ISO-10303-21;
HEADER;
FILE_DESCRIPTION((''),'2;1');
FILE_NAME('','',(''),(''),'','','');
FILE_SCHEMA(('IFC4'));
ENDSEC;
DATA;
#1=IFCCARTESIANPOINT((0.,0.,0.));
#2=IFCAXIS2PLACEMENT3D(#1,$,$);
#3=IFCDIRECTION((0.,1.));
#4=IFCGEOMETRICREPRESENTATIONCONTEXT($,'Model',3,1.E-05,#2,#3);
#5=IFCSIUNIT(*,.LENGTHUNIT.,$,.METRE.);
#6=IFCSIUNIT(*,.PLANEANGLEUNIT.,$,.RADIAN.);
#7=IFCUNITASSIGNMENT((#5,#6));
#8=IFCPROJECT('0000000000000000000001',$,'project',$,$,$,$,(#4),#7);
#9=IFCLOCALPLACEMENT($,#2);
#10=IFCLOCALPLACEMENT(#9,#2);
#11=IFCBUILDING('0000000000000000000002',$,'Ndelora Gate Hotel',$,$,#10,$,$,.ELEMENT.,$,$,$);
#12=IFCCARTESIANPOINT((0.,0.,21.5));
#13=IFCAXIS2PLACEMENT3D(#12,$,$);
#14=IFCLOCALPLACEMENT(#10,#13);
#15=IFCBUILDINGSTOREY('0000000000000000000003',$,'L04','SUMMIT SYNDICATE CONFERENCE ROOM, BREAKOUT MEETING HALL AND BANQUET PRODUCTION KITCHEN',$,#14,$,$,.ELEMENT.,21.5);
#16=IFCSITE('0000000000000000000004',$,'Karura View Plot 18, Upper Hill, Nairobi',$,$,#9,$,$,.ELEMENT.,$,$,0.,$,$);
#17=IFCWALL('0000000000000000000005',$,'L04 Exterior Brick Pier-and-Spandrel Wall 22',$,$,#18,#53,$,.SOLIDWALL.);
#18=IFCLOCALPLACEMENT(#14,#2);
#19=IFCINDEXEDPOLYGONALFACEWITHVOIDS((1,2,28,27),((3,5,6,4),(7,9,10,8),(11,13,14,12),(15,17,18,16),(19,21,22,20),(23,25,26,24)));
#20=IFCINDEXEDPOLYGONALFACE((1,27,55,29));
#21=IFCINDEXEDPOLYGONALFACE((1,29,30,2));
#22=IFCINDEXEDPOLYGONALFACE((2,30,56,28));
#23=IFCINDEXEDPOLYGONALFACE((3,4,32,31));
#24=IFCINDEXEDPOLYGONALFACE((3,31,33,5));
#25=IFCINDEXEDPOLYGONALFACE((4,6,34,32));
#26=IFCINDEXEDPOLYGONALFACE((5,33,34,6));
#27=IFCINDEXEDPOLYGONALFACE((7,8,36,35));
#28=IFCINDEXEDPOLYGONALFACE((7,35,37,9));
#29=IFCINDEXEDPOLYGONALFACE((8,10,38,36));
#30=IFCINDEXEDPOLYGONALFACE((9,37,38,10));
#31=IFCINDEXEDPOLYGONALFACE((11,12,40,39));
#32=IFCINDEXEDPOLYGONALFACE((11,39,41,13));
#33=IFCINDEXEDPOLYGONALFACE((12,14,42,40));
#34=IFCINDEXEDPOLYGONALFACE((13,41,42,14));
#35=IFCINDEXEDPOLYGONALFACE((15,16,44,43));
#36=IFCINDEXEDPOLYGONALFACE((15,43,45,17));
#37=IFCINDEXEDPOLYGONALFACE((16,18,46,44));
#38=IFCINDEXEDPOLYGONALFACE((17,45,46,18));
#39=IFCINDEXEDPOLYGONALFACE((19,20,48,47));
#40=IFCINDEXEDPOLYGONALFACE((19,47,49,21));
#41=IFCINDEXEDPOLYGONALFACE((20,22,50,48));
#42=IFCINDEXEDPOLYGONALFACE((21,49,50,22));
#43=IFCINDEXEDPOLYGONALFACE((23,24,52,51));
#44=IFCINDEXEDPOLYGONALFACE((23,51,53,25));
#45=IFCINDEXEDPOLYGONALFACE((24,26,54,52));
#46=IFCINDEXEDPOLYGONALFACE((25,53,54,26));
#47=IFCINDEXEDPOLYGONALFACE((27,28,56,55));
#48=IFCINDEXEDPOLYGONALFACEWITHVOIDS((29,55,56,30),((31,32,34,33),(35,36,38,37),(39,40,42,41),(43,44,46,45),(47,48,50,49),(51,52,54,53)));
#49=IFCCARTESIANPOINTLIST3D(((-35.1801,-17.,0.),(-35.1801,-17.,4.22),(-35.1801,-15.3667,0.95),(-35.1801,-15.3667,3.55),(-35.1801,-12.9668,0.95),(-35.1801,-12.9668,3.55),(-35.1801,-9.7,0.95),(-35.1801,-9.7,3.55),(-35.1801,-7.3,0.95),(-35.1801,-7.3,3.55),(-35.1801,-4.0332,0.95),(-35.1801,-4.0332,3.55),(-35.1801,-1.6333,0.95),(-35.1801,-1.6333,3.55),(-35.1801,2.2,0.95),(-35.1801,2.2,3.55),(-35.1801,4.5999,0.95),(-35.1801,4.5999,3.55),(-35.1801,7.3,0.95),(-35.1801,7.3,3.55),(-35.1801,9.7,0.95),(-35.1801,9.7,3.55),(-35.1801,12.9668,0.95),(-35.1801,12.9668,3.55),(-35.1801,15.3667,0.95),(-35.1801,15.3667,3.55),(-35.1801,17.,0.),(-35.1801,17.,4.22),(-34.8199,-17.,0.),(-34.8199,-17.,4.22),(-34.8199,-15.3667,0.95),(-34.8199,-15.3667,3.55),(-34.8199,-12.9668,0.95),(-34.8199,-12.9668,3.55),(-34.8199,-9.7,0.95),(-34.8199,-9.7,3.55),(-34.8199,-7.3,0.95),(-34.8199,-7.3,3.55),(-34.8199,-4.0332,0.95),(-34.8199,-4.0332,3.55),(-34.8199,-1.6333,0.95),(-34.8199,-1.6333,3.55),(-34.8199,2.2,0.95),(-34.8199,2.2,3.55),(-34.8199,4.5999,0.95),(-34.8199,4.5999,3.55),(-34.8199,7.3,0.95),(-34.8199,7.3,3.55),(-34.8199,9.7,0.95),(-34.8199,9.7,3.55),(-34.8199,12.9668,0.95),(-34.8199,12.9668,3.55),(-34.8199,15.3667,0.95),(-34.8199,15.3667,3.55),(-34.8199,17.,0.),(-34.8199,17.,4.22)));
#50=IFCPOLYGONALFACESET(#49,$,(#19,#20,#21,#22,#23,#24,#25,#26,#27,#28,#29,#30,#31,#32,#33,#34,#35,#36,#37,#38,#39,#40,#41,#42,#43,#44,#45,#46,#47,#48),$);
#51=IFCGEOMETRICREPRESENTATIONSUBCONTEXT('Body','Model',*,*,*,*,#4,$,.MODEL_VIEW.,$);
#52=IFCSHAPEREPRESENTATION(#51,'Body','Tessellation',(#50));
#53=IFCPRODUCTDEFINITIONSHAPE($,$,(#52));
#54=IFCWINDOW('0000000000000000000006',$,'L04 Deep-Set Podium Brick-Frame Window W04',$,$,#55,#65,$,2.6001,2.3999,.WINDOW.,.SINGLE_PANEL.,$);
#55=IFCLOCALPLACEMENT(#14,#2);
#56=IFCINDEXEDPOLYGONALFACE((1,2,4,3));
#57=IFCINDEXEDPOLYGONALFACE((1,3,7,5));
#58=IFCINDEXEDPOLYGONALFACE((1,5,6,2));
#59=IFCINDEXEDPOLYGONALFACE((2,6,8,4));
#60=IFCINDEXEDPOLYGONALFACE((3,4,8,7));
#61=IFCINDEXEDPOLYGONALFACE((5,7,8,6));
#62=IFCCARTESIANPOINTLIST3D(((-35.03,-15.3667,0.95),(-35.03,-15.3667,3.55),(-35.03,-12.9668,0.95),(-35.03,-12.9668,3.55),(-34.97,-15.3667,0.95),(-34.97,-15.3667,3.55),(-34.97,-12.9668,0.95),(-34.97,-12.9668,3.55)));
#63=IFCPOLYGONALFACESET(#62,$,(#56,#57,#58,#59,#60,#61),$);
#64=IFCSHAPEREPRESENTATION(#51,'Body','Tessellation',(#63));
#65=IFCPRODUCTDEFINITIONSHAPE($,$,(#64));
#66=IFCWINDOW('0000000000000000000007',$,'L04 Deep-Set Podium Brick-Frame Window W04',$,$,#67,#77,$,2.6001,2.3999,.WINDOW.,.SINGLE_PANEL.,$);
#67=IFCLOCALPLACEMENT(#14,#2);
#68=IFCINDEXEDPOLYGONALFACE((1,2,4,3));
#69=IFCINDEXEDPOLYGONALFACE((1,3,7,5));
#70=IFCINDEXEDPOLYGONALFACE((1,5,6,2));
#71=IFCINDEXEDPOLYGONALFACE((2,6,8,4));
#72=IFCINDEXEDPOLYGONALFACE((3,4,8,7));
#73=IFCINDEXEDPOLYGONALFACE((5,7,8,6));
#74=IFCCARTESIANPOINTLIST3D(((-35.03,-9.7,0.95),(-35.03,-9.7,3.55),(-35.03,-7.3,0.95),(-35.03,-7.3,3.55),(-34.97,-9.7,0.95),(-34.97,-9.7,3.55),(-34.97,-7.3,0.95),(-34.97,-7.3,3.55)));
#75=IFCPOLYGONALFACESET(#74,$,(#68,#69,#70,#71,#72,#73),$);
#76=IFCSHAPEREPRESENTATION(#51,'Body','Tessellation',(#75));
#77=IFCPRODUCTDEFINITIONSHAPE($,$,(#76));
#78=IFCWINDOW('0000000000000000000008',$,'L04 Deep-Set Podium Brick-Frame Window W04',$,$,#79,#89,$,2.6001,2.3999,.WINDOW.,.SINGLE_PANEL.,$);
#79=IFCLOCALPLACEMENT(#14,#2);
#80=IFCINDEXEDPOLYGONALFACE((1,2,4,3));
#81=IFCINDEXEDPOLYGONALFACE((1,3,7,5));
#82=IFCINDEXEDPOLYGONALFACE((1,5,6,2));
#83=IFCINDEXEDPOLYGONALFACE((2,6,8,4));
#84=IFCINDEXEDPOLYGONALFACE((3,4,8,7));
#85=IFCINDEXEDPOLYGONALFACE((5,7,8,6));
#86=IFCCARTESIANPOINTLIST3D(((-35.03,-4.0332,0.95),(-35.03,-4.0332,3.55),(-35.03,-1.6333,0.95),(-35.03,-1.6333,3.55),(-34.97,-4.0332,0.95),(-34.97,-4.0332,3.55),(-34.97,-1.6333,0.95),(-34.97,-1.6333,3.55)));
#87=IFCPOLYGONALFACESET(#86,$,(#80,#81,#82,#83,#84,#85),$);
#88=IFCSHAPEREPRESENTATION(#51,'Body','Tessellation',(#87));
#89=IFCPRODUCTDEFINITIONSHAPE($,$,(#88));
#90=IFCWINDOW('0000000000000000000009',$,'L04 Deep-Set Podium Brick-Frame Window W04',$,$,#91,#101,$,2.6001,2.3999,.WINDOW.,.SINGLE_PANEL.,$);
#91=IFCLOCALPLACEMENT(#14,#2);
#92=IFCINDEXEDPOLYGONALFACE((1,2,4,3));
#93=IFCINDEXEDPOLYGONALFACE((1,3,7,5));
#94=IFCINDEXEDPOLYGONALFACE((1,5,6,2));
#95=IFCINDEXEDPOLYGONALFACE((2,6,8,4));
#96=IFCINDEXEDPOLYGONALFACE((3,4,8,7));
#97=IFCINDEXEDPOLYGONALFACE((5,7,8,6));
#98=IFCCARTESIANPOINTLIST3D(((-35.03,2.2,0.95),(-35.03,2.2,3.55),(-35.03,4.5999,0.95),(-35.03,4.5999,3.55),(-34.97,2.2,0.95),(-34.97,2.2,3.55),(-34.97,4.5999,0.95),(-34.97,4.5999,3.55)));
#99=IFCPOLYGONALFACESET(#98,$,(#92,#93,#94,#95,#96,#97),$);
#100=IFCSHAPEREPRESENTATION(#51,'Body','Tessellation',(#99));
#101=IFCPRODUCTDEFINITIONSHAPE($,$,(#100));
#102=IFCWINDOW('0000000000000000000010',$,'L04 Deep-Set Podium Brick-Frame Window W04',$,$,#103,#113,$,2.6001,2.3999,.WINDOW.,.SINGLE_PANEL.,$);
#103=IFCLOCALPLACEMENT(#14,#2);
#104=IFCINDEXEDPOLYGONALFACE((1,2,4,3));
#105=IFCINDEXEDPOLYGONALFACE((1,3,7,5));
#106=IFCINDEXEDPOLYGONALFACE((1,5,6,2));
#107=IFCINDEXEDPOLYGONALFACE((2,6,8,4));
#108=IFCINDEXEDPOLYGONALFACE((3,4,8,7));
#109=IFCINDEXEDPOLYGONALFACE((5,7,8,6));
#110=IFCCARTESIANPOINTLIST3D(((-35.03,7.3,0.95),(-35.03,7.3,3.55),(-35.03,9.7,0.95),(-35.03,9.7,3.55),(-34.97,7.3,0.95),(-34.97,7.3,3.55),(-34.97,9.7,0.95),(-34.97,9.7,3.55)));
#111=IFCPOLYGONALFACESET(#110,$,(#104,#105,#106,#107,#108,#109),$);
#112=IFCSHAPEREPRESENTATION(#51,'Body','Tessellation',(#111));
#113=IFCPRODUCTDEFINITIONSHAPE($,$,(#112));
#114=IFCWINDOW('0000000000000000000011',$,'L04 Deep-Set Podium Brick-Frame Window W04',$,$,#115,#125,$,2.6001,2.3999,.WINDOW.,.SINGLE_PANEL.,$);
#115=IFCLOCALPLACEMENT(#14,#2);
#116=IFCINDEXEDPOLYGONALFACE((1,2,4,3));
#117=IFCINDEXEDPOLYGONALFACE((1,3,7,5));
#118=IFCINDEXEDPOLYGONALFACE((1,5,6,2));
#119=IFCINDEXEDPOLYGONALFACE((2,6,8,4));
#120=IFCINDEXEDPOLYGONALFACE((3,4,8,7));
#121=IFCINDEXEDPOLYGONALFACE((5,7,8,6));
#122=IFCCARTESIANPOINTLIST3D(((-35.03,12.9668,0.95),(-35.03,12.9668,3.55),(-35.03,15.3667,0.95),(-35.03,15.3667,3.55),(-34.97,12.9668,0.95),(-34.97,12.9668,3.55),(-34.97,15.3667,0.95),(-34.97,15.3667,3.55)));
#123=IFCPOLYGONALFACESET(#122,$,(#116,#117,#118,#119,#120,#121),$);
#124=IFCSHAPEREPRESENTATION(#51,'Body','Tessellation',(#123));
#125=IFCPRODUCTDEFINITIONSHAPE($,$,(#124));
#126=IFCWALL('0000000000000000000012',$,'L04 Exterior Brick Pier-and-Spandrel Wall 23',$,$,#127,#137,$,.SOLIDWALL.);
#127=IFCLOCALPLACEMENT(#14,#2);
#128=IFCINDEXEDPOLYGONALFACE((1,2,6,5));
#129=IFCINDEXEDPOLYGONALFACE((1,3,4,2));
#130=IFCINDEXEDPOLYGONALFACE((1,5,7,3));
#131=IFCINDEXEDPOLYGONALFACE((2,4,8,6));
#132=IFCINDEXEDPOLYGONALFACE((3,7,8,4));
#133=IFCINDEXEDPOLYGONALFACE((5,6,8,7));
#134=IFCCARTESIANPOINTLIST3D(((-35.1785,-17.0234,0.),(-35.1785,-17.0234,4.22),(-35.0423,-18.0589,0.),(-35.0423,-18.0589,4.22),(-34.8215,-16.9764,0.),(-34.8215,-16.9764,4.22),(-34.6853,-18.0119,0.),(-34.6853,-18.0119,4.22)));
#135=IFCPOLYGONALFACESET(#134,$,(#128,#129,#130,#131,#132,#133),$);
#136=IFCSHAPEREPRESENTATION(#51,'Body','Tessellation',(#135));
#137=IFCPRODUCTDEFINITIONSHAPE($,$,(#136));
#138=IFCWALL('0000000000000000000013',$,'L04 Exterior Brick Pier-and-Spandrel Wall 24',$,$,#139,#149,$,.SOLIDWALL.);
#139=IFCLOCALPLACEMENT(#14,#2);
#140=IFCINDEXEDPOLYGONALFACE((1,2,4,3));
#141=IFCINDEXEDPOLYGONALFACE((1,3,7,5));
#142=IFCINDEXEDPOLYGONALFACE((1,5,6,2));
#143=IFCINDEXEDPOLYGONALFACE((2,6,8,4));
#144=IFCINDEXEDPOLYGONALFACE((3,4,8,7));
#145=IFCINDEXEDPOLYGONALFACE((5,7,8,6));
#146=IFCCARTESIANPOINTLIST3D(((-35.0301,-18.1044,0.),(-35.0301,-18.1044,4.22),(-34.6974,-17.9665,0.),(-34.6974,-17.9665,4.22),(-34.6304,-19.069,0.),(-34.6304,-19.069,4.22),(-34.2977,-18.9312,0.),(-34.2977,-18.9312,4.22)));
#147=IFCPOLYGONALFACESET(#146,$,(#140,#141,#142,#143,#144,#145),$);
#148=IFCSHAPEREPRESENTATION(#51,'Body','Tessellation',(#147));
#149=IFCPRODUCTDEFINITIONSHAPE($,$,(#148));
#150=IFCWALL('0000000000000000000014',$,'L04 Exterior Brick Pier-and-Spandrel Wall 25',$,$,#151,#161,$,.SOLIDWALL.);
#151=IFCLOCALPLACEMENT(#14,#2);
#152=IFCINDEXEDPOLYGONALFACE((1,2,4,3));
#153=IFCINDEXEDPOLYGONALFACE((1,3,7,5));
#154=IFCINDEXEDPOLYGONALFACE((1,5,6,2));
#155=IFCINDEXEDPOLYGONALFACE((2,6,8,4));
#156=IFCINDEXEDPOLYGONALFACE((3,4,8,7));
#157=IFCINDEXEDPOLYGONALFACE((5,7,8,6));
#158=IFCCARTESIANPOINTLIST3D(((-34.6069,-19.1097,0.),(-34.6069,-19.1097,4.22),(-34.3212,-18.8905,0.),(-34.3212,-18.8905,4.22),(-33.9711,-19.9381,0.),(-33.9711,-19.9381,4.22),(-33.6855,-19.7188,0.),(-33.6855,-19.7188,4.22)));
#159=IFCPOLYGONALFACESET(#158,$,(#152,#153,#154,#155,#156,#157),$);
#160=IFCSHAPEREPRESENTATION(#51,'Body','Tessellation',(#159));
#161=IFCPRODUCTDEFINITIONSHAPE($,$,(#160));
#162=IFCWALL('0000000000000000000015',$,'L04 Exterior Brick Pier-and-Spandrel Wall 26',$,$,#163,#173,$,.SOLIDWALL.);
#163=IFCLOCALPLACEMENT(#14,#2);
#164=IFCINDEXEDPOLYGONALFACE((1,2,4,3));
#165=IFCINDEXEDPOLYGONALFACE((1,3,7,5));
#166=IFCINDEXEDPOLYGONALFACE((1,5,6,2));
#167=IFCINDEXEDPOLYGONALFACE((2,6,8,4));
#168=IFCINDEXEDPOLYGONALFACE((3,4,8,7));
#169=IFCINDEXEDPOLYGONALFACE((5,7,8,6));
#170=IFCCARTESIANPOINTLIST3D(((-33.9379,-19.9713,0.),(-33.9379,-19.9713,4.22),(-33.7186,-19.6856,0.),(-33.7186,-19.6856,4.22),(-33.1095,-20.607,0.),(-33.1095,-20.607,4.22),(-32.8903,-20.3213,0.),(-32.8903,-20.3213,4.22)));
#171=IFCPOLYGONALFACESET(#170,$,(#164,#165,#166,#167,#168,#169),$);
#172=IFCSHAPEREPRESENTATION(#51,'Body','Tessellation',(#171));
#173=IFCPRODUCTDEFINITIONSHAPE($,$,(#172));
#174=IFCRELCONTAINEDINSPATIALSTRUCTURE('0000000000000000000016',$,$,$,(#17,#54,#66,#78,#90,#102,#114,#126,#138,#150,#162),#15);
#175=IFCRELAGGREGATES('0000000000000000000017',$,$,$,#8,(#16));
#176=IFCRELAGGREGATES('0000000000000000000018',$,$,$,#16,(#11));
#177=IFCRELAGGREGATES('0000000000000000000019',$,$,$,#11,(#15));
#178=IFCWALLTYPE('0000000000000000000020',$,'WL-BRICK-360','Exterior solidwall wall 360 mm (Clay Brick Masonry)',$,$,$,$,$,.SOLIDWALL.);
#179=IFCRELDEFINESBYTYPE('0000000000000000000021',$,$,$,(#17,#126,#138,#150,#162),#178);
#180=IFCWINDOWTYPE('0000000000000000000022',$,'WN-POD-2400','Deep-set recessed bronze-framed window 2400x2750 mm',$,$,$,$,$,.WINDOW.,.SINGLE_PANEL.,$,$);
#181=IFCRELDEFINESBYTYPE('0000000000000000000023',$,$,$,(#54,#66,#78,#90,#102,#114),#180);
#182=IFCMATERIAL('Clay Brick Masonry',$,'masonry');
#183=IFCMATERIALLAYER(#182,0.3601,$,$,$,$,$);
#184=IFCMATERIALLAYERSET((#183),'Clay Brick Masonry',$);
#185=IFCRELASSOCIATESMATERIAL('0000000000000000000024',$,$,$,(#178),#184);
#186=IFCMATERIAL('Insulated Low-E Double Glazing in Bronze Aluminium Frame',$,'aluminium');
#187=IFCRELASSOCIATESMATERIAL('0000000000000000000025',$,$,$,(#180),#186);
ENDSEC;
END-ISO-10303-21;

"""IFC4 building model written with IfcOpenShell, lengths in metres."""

from ifc_helpers import new_model, si_unit, direction, frame, frame_2d, origin, place, context, subcontext, project, spatial, rectangle, extrude, material, layer, layer_set, type_object, element, fill, save


model = new_model("IFC4")

# Units and contexts
model_context = context("Model", 3, precision=1e-05, world=origin(), true_north=direction((0.0, 1.0)))
body_context = subcontext(model_context, "Body", "Model", "MODEL_VIEW")
ifc_project = project(units=[si_unit("LENGTHUNIT", "METRE"), si_unit("PLANEANGLEUNIT", "RADIAN")], contexts=[model_context])

# Site, building, storey
site_placement = place(None, origin())
site = spatial("IfcSite", under=ifc_project, at=site_placement, Name="Karura View Plot 18, Upper Hill, Nairobi", CompositionType="ELEMENT", RefElevation=0.0)
building_placement = place(site_placement, origin())
building = spatial("IfcBuilding", under=site, at=building_placement, Name="Ndelora Gate Hotel", CompositionType="ELEMENT")
storey_placement = place(building_placement, frame((0.0, 0.0, 21.5)))
storey = spatial("IfcBuildingStorey", under=building, at=storey_placement, Name="L04", Description="SUMMIT SYNDICATE CONFERENCE ROOM, BREAKOUT MEETING HALL AND BANQUET PRODUCTION KITCHEN", CompositionType="ELEMENT", Elevation=21.5)

# Wall, openings, windows
ifc_material_1 = material(Name="Clay Brick Masonry", Category="masonry")
ifc_layer_1 = layer(ifc_material_1, 0.3601)
ifc_layer_set_1 = layer_set([ifc_layer_1], Name="Clay Brick Masonry")
wall_type = type_object("IfcWallType", Name="WL-BRICK-360", Description="Exterior solidwall wall 360 mm (Clay Brick Masonry)", PredefinedType="SOLIDWALL", material=ifc_layer_set_1)
wall_1_placement = place(storey_placement, frame((-35.0, -17.0, 0.0), z_axis=(0.0, 0.0, 1.0), x_axis=(0.0, 1.0, 0.0)))
wall_1 = element("IfcWall", 1, at=wall_1_placement, inside=storey, type_object=wall_type, Name="L04 Exterior Brick Pier-and-Spandrel Wall 22", PredefinedType="SOLIDWALL", context=body_context, shape_type="SweptSolid", body=[
    extrude(rectangle(XDim=34.0, YDim=0.3601, at=frame_2d((17.0, 0.0))), origin(), (0.0, 0.0, 1.0), 4.22),
])
opening_1_placement = place(wall_1_placement, frame((1.6333, 0.0, 0.95)))
opening_1 = element("IfcOpeningElement", 2, at=opening_1_placement, cuts=wall_1, PredefinedType="OPENING", context=body_context, shape_type="SweptSolid", body=[
    extrude(rectangle(XDim=2.3999, YDim=2.6001, at=frame_2d((1.2, 1.3))), frame((0.0, 0.1899, 0.0), z_axis=(0.0, -1.0, 0.0), x_axis=(1.0, 0.0, 0.0)), (0.0, 0.0, 1.0), 0.3801),
])
opening_2_placement = place(wall_1_placement, frame((7.3, 0.0, 0.95)))
opening_2 = element("IfcOpeningElement", 3, at=opening_2_placement, cuts=wall_1, PredefinedType="OPENING", context=body_context, shape_type="SweptSolid", body=[
    extrude(rectangle(XDim=2.3999, YDim=2.6001, at=frame_2d((1.2, 1.3))), frame((0.0, 0.1899, 0.0), z_axis=(0.0, -1.0, 0.0), x_axis=(1.0, 0.0, 0.0)), (0.0, 0.0, 1.0), 0.3801),
])
opening_3_placement = place(wall_1_placement, frame((12.9668, 0.0, 0.95)))
opening_3 = element("IfcOpeningElement", 4, at=opening_3_placement, cuts=wall_1, PredefinedType="OPENING", context=body_context, shape_type="SweptSolid", body=[
    extrude(rectangle(XDim=2.3999, YDim=2.6001, at=frame_2d((1.2, 1.3))), frame((0.0, 0.1899, 0.0), z_axis=(0.0, -1.0, 0.0), x_axis=(1.0, 0.0, 0.0)), (0.0, 0.0, 1.0), 0.3801),
])
opening_4_placement = place(wall_1_placement, frame((19.2, 0.0, 0.95)))
opening_4 = element("IfcOpeningElement", 5, at=opening_4_placement, cuts=wall_1, PredefinedType="OPENING", context=body_context, shape_type="SweptSolid", body=[
    extrude(rectangle(XDim=2.3999, YDim=2.6001, at=frame_2d((1.2, 1.3))), frame((0.0, 0.1899, 0.0), z_axis=(0.0, -1.0, 0.0), x_axis=(1.0, 0.0, 0.0)), (0.0, 0.0, 1.0), 0.3801),
])
opening_5_placement = place(wall_1_placement, frame((24.3, 0.0, 0.95)))
opening_5 = element("IfcOpeningElement", 6, at=opening_5_placement, cuts=wall_1, PredefinedType="OPENING", context=body_context, shape_type="SweptSolid", body=[
    extrude(rectangle(XDim=2.3999, YDim=2.6001, at=frame_2d((1.2, 1.3))), frame((0.0, 0.1899, 0.0), z_axis=(0.0, -1.0, 0.0), x_axis=(1.0, 0.0, 0.0)), (0.0, 0.0, 1.0), 0.3801),
])
opening_6_placement = place(wall_1_placement, frame((29.9668, 0.0, 0.95)))
opening_6 = element("IfcOpeningElement", 7, at=opening_6_placement, cuts=wall_1, PredefinedType="OPENING", context=body_context, shape_type="SweptSolid", body=[
    extrude(rectangle(XDim=2.3999, YDim=2.6001, at=frame_2d((1.2, 1.3))), frame((0.0, 0.1899, 0.0), z_axis=(0.0, -1.0, 0.0), x_axis=(1.0, 0.0, 0.0)), (0.0, 0.0, 1.0), 0.3801),
])
ifc_material_2 = material(Name="Insulated Low-E Double Glazing in Bronze Aluminium Frame", Category="aluminium")
window_type = type_object("IfcWindowType", Name="WN-POD-2400", Description="Deep-set recessed bronze-framed window 2400x2750 mm", PartitioningType="SINGLE_PANEL", PredefinedType="WINDOW", material=ifc_material_2)
window_1_placement = place(opening_1_placement, origin())
window_1 = element("IfcWindow", 8, at=window_1_placement, inside=storey, type_object=window_type, Name="L04 Deep-Set Podium Brick-Frame Window W04", OverallHeight=2.6001, OverallWidth=2.3999, PartitioningType="SINGLE_PANEL", PredefinedType="WINDOW", context=body_context, shape_type="SweptSolid", body=[
    extrude(rectangle(XDim=2.3999, YDim=2.6001, at=frame_2d((1.2, 1.3))), frame((0.0, 0.03, 0.0), z_axis=(0.0, -1.0, 0.0), x_axis=(1.0, 0.0, 0.0)), (0.0, 0.0, 1.0), 0.0601),
])
fill(opening_1, window_1)
window_2_placement = place(opening_2_placement, origin())
window_2 = element("IfcWindow", 9, at=window_2_placement, inside=storey, type_object=window_type, Name="L04 Deep-Set Podium Brick-Frame Window W04", OverallHeight=2.6001, OverallWidth=2.3999, PartitioningType="SINGLE_PANEL", PredefinedType="WINDOW", context=body_context, shape_type="SweptSolid", body=[
    extrude(rectangle(XDim=2.3999, YDim=2.6001, at=frame_2d((1.2, 1.3))), frame((0.0, 0.03, 0.0), z_axis=(0.0, -1.0, 0.0), x_axis=(1.0, 0.0, 0.0)), (0.0, 0.0, 1.0), 0.0601),
])
fill(opening_2, window_2)
window_3_placement = place(opening_3_placement, origin())
window_3 = element("IfcWindow", 10, at=window_3_placement, inside=storey, type_object=window_type, Name="L04 Deep-Set Podium Brick-Frame Window W04", OverallHeight=2.6001, OverallWidth=2.3999, PartitioningType="SINGLE_PANEL", PredefinedType="WINDOW", context=body_context, shape_type="SweptSolid", body=[
    extrude(rectangle(XDim=2.3999, YDim=2.6001, at=frame_2d((1.2, 1.3))), frame((0.0, 0.03, 0.0), z_axis=(0.0, -1.0, 0.0), x_axis=(1.0, 0.0, 0.0)), (0.0, 0.0, 1.0), 0.0601),
])
fill(opening_3, window_3)
window_4_placement = place(opening_4_placement, origin())
window_4 = element("IfcWindow", 11, at=window_4_placement, inside=storey, type_object=window_type, Name="L04 Deep-Set Podium Brick-Frame Window W04", OverallHeight=2.6001, OverallWidth=2.3999, PartitioningType="SINGLE_PANEL", PredefinedType="WINDOW", context=body_context, shape_type="SweptSolid", body=[
    extrude(rectangle(XDim=2.3999, YDim=2.6001, at=frame_2d((1.2, 1.3))), frame((0.0, 0.03, 0.0), z_axis=(0.0, -1.0, 0.0), x_axis=(1.0, 0.0, 0.0)), (0.0, 0.0, 1.0), 0.0601),
])
fill(opening_4, window_4)
window_5_placement = place(opening_5_placement, origin())
window_5 = element("IfcWindow", 12, at=window_5_placement, inside=storey, type_object=window_type, Name="L04 Deep-Set Podium Brick-Frame Window W04", OverallHeight=2.6001, OverallWidth=2.3999, PartitioningType="SINGLE_PANEL", PredefinedType="WINDOW", context=body_context, shape_type="SweptSolid", body=[
    extrude(rectangle(XDim=2.3999, YDim=2.6001, at=frame_2d((1.2, 1.3))), frame((0.0, 0.03, 0.0), z_axis=(0.0, -1.0, 0.0), x_axis=(1.0, 0.0, 0.0)), (0.0, 0.0, 1.0), 0.0601),
])
fill(opening_5, window_5)
window_6_placement = place(opening_6_placement, origin())
window_6 = element("IfcWindow", 13, at=window_6_placement, inside=storey, type_object=window_type, Name="L04 Deep-Set Podium Brick-Frame Window W04", OverallHeight=2.6001, OverallWidth=2.3999, PartitioningType="SINGLE_PANEL", PredefinedType="WINDOW", context=body_context, shape_type="SweptSolid", body=[
    extrude(rectangle(XDim=2.3999, YDim=2.6001, at=frame_2d((1.2, 1.3))), frame((0.0, 0.03, 0.0), z_axis=(0.0, -1.0, 0.0), x_axis=(1.0, 0.0, 0.0)), (0.0, 0.0, 1.0), 0.0601),
])
fill(opening_6, window_6)

# Walls
wall_2_placement = place(storey_placement, frame((-34.8638, -18.0354, 0.0), z_axis=(0.0, 0.0, 1.0), x_axis=(-0.130448, 0.991455, 0.0)))
element("IfcWall", 14, at=wall_2_placement, inside=storey, type_object=wall_type, Name="L04 Exterior Brick Pier-and-Spandrel Wall 23", PredefinedType="SOLIDWALL", context=body_context, shape_type="SweptSolid", body=[
    extrude(rectangle(XDim=1.0444, YDim=0.3601, at=frame_2d((0.5222, 0.0))), origin(), (0.0, 0.0, 1.0), 4.22),
])
for number, where, z_axis, x_axis, name in (
    (15, (-34.4641, -19.0, 0.0), (0.0, 0.0, 1.0), (-0.382772, 0.923843, 0.0), "L04 Exterior Brick Pier-and-Spandrel Wall 24"),
    (16, (-33.8284, -19.8284, 0.0), (0.0, 0.0, 1.0), (-0.608829, 0.793301, 0.0), "L04 Exterior Brick Pier-and-Spandrel Wall 25"),
    (17, (-33.0, -20.4641, 0.0), (0.0, 0.0, 1.0), (-0.793301, 0.608829, 0.0), "L04 Exterior Brick Pier-and-Spandrel Wall 26"),
):
    element("IfcWall", number, at=place(storey_placement, frame(where, z_axis=z_axis, x_axis=x_axis)), inside=storey, type_object=wall_type, Name=name, PredefinedType="SOLIDWALL", context=body_context, shape_type="SweptSolid", body=[
        extrude(rectangle(XDim=1.0442, YDim=0.3601, at=frame_2d((0.522, 0.0))), origin(), (0.0, 0.0, 1.0), 4.22),
    ])

save(model, "model.ifc")
